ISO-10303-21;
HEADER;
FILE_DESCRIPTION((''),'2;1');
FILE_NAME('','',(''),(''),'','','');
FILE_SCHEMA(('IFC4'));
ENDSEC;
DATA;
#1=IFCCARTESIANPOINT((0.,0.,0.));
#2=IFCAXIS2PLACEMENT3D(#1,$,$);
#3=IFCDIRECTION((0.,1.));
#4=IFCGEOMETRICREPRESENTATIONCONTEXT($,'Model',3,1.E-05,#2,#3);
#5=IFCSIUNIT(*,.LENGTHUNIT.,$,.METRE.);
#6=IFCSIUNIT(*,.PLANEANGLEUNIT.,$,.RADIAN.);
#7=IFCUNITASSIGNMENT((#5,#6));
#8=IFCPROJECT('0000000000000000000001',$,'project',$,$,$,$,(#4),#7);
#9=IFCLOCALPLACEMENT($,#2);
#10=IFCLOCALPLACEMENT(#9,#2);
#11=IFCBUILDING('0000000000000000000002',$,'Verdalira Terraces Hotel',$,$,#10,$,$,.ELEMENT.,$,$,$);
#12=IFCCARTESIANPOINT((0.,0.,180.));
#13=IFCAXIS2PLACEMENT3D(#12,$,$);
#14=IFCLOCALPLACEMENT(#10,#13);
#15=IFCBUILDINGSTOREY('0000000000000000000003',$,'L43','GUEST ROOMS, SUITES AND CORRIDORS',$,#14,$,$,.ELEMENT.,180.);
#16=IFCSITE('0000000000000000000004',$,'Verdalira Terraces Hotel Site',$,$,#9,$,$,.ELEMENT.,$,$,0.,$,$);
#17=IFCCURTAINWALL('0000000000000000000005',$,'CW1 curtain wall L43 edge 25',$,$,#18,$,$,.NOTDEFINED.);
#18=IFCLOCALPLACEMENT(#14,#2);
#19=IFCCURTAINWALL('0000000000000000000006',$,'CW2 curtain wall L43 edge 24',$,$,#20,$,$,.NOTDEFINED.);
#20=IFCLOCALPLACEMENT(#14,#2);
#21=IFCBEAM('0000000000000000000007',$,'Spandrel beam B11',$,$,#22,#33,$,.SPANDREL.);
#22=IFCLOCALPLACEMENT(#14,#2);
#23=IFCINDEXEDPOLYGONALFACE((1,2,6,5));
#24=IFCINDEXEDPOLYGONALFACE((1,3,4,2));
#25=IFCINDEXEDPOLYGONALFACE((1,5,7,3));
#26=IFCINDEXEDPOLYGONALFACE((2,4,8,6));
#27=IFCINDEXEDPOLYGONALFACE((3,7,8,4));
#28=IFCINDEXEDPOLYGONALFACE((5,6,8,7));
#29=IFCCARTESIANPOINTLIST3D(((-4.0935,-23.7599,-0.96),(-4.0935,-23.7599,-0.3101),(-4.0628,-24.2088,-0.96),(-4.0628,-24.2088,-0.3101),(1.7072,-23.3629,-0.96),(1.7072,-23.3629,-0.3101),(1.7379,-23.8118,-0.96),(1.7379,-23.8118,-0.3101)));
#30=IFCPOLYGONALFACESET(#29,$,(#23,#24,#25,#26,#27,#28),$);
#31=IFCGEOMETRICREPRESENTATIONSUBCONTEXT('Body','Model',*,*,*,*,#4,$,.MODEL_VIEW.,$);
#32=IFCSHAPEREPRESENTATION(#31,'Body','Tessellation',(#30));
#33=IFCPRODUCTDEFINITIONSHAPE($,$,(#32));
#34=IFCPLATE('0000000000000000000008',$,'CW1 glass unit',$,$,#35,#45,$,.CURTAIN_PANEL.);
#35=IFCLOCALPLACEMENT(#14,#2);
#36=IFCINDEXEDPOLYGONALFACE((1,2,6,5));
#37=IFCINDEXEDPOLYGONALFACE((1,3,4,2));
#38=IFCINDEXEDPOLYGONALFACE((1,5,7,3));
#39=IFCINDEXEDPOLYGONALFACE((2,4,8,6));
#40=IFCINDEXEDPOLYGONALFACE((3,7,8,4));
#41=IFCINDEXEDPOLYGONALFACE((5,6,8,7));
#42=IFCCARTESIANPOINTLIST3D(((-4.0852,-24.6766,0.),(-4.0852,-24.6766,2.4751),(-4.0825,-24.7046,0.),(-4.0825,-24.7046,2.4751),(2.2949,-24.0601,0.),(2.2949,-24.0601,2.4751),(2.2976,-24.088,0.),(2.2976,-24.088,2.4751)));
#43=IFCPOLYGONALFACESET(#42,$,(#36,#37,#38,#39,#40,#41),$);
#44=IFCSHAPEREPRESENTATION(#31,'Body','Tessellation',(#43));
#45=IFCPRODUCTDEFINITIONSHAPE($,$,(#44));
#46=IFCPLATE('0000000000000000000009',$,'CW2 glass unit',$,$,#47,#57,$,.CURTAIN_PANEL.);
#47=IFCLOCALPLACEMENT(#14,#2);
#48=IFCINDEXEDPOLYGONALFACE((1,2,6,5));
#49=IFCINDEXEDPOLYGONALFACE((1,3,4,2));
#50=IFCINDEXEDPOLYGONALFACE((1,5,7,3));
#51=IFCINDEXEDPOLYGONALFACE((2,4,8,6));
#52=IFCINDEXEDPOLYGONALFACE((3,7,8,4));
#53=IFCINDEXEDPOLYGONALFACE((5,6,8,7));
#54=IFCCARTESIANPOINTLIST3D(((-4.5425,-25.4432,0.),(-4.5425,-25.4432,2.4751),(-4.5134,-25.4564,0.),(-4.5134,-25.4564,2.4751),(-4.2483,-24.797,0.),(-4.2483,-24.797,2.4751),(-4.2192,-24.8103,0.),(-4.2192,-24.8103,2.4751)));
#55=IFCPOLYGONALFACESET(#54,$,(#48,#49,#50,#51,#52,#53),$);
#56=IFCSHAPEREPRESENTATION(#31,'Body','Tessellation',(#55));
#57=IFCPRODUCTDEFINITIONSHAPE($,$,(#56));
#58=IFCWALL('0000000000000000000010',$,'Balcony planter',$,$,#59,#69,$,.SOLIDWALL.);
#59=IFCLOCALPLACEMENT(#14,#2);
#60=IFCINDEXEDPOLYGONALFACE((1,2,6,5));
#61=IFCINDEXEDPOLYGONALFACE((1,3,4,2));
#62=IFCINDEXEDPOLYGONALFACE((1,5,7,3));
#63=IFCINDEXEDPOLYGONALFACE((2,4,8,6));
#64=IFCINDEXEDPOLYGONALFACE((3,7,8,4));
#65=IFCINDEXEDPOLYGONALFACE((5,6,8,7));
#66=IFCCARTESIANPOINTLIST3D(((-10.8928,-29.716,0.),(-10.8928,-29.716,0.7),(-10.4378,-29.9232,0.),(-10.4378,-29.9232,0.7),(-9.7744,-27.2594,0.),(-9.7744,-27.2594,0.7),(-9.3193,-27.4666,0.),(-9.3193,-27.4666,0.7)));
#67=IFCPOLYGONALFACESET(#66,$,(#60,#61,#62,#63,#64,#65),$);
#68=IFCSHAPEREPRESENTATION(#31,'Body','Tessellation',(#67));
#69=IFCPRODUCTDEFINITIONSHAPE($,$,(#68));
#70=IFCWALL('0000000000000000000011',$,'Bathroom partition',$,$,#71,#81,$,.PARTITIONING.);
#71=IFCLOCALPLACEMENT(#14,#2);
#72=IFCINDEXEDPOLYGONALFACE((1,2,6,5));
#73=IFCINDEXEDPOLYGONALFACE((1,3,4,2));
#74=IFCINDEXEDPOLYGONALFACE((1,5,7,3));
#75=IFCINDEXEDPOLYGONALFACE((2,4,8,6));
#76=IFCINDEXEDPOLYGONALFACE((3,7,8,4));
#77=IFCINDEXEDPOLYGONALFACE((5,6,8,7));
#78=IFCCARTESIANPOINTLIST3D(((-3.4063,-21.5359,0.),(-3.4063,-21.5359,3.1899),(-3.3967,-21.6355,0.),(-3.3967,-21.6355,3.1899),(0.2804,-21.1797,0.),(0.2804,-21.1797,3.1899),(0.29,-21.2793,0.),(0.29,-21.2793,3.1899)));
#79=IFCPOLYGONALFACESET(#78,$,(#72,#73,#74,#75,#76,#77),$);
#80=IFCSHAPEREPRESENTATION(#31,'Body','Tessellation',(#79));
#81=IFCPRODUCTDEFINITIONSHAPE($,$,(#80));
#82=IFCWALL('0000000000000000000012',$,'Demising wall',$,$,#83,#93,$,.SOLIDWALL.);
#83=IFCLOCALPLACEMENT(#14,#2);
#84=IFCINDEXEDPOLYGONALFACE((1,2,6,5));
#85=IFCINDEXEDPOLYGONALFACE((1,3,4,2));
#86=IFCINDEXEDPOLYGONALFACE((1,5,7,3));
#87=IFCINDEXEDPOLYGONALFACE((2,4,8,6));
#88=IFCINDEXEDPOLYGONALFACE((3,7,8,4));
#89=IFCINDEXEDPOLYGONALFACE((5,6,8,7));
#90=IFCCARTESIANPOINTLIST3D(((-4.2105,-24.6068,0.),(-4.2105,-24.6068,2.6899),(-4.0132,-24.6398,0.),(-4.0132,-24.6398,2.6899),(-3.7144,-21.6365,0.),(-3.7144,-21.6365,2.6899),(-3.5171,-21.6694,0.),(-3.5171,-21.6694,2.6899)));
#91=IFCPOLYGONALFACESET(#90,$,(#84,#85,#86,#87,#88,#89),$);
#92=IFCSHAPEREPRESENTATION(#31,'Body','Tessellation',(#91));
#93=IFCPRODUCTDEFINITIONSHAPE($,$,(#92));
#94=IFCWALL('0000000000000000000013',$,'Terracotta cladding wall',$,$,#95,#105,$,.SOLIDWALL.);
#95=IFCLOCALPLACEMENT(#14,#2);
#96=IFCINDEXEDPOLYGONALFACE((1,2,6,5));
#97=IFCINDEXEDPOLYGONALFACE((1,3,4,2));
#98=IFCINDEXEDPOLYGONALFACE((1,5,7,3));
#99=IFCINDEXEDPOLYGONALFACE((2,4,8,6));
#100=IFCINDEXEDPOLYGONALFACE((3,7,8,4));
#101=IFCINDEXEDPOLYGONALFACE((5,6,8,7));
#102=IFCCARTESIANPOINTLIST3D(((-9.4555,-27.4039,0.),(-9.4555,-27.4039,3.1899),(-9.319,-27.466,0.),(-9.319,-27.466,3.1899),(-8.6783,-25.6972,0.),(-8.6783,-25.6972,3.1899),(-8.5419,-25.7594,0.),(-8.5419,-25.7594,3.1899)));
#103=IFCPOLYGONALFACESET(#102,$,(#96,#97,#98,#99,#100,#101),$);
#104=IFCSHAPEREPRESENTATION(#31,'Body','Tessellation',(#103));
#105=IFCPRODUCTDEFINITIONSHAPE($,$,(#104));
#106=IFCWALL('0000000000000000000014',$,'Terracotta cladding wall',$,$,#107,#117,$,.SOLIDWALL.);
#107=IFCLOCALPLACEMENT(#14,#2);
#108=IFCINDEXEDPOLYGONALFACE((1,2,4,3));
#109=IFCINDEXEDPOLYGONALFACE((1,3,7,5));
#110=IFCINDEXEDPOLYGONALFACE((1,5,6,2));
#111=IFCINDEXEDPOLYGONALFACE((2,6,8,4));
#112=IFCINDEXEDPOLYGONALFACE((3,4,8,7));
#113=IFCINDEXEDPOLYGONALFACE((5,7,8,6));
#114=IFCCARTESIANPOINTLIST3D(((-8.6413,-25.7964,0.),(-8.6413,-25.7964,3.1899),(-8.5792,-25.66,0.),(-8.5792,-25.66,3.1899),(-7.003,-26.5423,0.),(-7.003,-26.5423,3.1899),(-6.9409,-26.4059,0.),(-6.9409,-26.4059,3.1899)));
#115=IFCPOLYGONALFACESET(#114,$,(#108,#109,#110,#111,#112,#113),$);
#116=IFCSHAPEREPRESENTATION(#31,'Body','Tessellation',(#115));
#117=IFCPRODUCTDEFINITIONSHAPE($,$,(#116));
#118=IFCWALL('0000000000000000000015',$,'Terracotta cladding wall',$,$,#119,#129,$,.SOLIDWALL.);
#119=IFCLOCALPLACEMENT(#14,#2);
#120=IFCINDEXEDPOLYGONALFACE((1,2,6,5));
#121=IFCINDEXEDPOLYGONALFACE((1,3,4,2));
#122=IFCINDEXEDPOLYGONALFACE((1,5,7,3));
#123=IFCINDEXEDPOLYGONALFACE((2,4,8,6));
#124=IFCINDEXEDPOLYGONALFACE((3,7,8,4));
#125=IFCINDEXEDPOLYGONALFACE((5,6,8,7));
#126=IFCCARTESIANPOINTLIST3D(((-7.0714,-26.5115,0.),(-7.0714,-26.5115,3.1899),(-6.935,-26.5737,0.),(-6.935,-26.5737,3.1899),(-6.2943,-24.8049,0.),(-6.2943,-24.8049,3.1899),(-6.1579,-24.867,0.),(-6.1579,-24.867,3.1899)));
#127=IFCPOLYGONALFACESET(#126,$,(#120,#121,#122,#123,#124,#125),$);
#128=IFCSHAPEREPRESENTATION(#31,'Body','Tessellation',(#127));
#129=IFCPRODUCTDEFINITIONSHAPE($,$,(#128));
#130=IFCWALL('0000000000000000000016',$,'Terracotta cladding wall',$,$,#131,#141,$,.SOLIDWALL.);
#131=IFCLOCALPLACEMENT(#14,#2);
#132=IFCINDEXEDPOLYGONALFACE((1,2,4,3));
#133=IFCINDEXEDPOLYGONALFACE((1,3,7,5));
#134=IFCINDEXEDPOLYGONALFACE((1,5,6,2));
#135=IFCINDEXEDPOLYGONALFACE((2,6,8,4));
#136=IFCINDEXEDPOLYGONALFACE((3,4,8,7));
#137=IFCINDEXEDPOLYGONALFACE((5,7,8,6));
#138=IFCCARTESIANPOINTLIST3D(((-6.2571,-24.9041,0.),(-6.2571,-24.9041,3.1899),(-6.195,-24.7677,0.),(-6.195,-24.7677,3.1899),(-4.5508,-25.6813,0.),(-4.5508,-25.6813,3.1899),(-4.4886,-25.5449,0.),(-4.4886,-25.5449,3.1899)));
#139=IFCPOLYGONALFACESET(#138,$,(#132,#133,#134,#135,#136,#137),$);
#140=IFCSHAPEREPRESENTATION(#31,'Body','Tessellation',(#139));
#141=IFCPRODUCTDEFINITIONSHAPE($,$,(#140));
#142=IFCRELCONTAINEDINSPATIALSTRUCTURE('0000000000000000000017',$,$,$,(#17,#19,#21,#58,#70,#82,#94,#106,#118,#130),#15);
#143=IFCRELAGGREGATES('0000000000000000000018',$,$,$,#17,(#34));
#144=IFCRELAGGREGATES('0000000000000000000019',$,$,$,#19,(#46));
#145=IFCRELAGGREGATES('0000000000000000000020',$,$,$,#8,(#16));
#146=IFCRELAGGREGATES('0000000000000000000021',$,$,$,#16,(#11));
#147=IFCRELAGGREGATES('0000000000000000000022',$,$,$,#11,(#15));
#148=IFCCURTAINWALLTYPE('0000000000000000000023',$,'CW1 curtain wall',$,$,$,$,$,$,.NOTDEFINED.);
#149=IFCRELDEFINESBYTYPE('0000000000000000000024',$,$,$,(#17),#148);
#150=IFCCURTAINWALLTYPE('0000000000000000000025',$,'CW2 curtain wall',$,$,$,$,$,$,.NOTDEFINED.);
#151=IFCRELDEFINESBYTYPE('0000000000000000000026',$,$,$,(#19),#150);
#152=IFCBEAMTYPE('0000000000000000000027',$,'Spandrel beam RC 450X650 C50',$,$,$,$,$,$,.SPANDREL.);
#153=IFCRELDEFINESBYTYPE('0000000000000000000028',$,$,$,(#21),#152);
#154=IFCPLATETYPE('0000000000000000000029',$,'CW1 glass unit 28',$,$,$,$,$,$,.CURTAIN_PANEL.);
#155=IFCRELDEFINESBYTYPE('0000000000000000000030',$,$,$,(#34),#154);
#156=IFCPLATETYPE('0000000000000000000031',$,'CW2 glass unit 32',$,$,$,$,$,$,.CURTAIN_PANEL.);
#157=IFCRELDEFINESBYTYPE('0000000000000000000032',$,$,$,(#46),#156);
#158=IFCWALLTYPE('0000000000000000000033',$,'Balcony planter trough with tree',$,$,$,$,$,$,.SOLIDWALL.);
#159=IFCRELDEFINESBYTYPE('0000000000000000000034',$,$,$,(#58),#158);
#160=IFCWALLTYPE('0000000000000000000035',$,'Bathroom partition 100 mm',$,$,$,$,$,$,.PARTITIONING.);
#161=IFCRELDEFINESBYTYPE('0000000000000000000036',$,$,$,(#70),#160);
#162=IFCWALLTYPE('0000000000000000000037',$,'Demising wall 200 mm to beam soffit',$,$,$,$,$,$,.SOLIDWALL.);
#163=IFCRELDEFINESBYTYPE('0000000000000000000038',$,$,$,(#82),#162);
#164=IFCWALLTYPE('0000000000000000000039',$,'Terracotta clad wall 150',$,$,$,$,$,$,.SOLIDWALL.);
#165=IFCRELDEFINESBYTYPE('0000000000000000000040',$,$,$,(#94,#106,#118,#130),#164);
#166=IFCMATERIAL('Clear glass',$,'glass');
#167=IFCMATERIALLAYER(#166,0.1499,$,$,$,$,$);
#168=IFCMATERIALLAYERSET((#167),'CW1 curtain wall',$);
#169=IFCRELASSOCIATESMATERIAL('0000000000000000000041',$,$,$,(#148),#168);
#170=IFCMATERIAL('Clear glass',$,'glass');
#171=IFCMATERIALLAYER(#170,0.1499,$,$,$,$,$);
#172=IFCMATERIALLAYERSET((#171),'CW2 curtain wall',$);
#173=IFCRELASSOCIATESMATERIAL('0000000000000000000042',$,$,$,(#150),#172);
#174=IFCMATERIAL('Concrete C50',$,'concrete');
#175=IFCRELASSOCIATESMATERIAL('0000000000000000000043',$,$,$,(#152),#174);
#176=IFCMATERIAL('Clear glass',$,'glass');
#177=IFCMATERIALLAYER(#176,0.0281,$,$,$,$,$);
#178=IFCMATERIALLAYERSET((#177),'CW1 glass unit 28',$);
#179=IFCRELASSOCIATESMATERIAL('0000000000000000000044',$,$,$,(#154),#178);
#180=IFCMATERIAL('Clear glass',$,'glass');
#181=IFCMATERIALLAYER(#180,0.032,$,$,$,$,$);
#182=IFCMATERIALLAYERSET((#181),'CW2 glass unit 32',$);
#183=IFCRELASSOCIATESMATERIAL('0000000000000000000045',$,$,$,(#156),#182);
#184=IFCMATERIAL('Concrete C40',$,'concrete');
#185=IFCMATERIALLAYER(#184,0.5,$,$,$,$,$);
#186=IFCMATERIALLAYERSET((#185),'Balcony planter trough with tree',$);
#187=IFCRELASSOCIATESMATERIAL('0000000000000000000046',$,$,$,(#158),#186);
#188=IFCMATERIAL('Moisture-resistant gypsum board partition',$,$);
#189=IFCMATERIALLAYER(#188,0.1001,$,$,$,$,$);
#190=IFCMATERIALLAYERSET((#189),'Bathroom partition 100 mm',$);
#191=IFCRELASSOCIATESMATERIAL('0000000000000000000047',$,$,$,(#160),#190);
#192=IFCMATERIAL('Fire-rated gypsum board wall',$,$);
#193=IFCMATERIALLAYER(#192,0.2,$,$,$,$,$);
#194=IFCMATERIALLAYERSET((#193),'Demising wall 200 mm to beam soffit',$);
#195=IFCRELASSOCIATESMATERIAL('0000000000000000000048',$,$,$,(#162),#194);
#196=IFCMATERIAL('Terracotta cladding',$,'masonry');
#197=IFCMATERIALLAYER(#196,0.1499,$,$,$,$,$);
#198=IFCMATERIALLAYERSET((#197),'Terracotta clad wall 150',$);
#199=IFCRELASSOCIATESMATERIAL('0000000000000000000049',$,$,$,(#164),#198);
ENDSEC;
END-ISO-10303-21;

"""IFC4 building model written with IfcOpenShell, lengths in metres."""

from ifc_helpers import new_model, si_unit, direction, frame, frame_2d, origin, origin_2d, place, context, subcontext, project, spatial, rectangle, extrude, material, layer, layer_set, material_profile, profile_set, type_object, element, aggregate, save


model = new_model("IFC4")

# Units and contexts
model_context = context("Model", 3, precision=1e-05, world=origin(), true_north=direction((0.0, 1.0)))
body_context = subcontext(model_context, "Body", "Model", "MODEL_VIEW")
ifc_project = project(units=[si_unit("LENGTHUNIT", "METRE"), si_unit("PLANEANGLEUNIT", "RADIAN")], contexts=[model_context])

# Site, building, storey
site_placement = place(None, origin())
site = spatial("IfcSite", under=ifc_project, at=site_placement, Name="Verdalira Terraces Hotel Site", CompositionType="ELEMENT", RefElevation=0.0)
building_placement = place(site_placement, origin())
building = spatial("IfcBuilding", under=site, at=building_placement, Name="Verdalira Terraces Hotel", CompositionType="ELEMENT")
storey_placement = place(building_placement, frame((0.0, 0.0, 180.0)))
storey = spatial("IfcBuildingStorey", under=building, at=storey_placement, Name="L43", Description="GUEST ROOMS, SUITES AND CORRIDORS", CompositionType="ELEMENT", Elevation=180.0)

# Curtain walls
ifc_material_1 = material(Name="Clear glass", Category="glass")
ifc_layer_1 = layer(ifc_material_1, 0.1499)
ifc_layer_set_1 = layer_set([ifc_layer_1], Name="CW1 curtain wall")
curtain_wall_type_1 = type_object("IfcCurtainWallType", Name="CW1 curtain wall", PredefinedType="NOTDEFINED", material=ifc_layer_set_1)
curtain_wall_1_placement = place(storey_placement, origin())
curtain_wall_1 = element("IfcCurtainWall", 1, at=curtain_wall_1_placement, inside=storey, type_object=curtain_wall_type_1, Name="CW1 curtain wall L43 edge 25", PredefinedType="NOTDEFINED")
ifc_material_2 = material(Name="Clear glass", Category="glass")
ifc_layer_2 = layer(ifc_material_2, 0.1499)
ifc_layer_set_2 = layer_set([ifc_layer_2], Name="CW2 curtain wall")
curtain_wall_type_2 = type_object("IfcCurtainWallType", Name="CW2 curtain wall", PredefinedType="NOTDEFINED", material=ifc_layer_set_2)
curtain_wall_2_placement = place(storey_placement, origin())
curtain_wall_2 = element("IfcCurtainWall", 2, at=curtain_wall_2_placement, inside=storey, type_object=curtain_wall_type_2, Name="CW2 curtain wall L43 edge 24", PredefinedType="NOTDEFINED")

# Beam
ifc_material_3 = material(Name="Concrete C50", Category="concrete")
ifc_material_profile_1 = material_profile(ifc_material_3, rectangle(XDim=0.45, YDim=0.6499, at=origin_2d()), Name="RC 450X650")
ifc_profile_set_1 = profile_set([ifc_material_profile_1], Name="Concrete C50")
beam_type_1 = type_object("IfcBeamType", Name="Spandrel beam RC 450X650 C50", PredefinedType="SPANDREL", material=ifc_profile_set_1)
beam_1_placement = place(storey_placement, frame((-4.0781, -23.9844, -0.635), z_axis=(0.997666, 0.068278, 0.0), x_axis=(-0.068278, 0.997666, 0.0)))
element("IfcBeam", 3, at=beam_1_placement, inside=storey, type_object=beam_type_1, Name="Spandrel beam B11", PredefinedType="SPANDREL", context=body_context, shape_type="SweptSolid", body=[
    extrude(rectangle(XDim=0.45, YDim=0.6499, at=origin_2d()), origin(), (0.0, 0.0, 1.0), 5.8142),
])

# Plates
ifc_material_4 = material(Name="Clear glass", Category="glass")
ifc_layer_3 = layer(ifc_material_4, 0.0281)
ifc_layer_set_3 = layer_set([ifc_layer_3], Name="CW1 glass unit 28")
plate_type_1 = type_object("IfcPlateType", Name="CW1 glass unit 28", PredefinedType="CURTAIN_PANEL", material=ifc_layer_set_3)
plate_1_placement = place(storey_placement, frame((-0.8938, -24.3823, 0.0), z_axis=(0.0, 0.0, 1.0), x_axis=(0.995363, 0.096193, 0.0)))
plate_1 = element("IfcPlate", 4, at=plate_1_placement, type_object=plate_type_1, Name="CW1 glass unit", PredefinedType="CURTAIN_PANEL", context=body_context, shape_type="SweptSolid", body=[
    extrude(rectangle(XDim=6.4099, YDim=0.0281, at=origin_2d()), origin(), (0.0, 0.0, 1.0), 2.4751),
])
aggregate(curtain_wall_1, [plate_1])
ifc_material_5 = material(Name="Clear glass", Category="glass")
ifc_layer_4 = layer(ifc_material_5, 0.032)
ifc_layer_set_4 = layer_set([ifc_layer_4], Name="CW2 glass unit 32")
plate_type_2 = type_object("IfcPlateType", Name="CW2 glass unit 32", PredefinedType="CURTAIN_PANEL", material=ifc_layer_set_4)
plate_2_placement = place(storey_placement, frame((-4.3809, -25.1267, 0.0), z_axis=(0.0, 0.0, 1.0), x_axis=(0.414376, 0.910106, 0.0)))
plate_2 = element("IfcPlate", 5, at=plate_2_placement, type_object=plate_type_2, Name="CW2 glass unit", PredefinedType="CURTAIN_PANEL", context=body_context, shape_type="SweptSolid", body=[
    extrude(rectangle(XDim=0.71, YDim=0.032, at=origin_2d()), origin(), (0.0, 0.0, 1.0), 2.4751),
])
aggregate(curtain_wall_2, [plate_2])

# Walls
ifc_material_6 = material(Name="Concrete C40", Category="concrete")
ifc_layer_5 = layer(ifc_material_6, 0.5)
ifc_layer_set_5 = layer_set([ifc_layer_5], Name="Balcony planter trough with tree")
wall_type_1 = type_object("IfcWallType", Name="Balcony planter trough with tree", PredefinedType="SOLIDWALL", material=ifc_layer_set_5)
wall_1_placement = place(storey_placement, frame((-10.6653, -29.8196, 0.0), z_axis=(0.0, 0.0, 1.0), x_axis=(0.414355, 0.910115, 0.0)))
element("IfcWall", 6, at=wall_1_placement, inside=storey, type_object=wall_type_1, Name="Balcony planter", PredefinedType="SOLIDWALL", context=body_context, shape_type="SweptSolid", body=[
    extrude(rectangle(XDim=2.6992, YDim=0.5, at=frame_2d((1.3496, 0.0))), origin(), (0.0, 0.0, 1.0), 0.7),
])
ifc_material_7 = material(Name="Moisture-resistant gypsum board partition")
ifc_layer_6 = layer(ifc_material_7, 0.1001)
ifc_layer_set_6 = layer_set([ifc_layer_6], Name="Bathroom partition 100 mm")
wall_type_2 = type_object("IfcWallType", Name="Bathroom partition 100 mm", PredefinedType="PARTITIONING", material=ifc_layer_set_6)
wall_2_placement = place(storey_placement, frame((-3.4016, -21.5857, 0.0), z_axis=(0.0, 0.0, 1.0), x_axis=(0.995365, 0.096168, 0.0)))
element("IfcWall", 7, at=wall_2_placement, inside=storey, type_object=wall_type_2, Name="Bathroom partition", PredefinedType="PARTITIONING", context=body_context, shape_type="SweptSolid", body=[
    extrude(rectangle(XDim=3.7039, YDim=0.1001, at=frame_2d((1.8521, 0.0))), origin(), (0.0, 0.0, 1.0), 3.1899),
])
ifc_material_8 = material(Name="Fire-rated gypsum board wall")
ifc_layer_7 = layer(ifc_material_8, 0.2)
ifc_layer_set_7 = layer_set([ifc_layer_7], Name="Demising wall 200 mm to beam soffit")
wall_type_3 = type_object("IfcWallType", Name="Demising wall 200 mm to beam soffit", PredefinedType="SOLIDWALL", material=ifc_layer_set_7)
wall_3_placement = place(storey_placement, frame((-3.6157, -21.6528, 0.0), z_axis=(0.0, 0.0, 1.0), x_axis=(-0.164741, -0.986337, 0.0)))
element("IfcWall", 8, at=wall_3_placement, inside=storey, type_object=wall_type_3, Name="Demising wall", PredefinedType="SOLIDWALL", context=body_context, shape_type="SweptSolid", body=[
    extrude(rectangle(XDim=3.0115, YDim=0.2, at=frame_2d((1.5059, 0.0))), origin(), (0.0, 0.0, 1.0), 2.6899),
])
ifc_material_9 = material(Name="Terracotta cladding", Category="masonry")
ifc_layer_8 = layer(ifc_material_9, 0.1499)
ifc_layer_set_8 = layer_set([ifc_layer_8], Name="Terracotta clad wall 150")
wall_type_4 = type_object("IfcWallType", Name="Terracotta clad wall 150", PredefinedType="SOLIDWALL", material=ifc_layer_set_8)
wall_4_placement = place(storey_placement, frame((-9.3872, -27.4348, 0.0), z_axis=(0.0, 0.0, 1.0), x_axis=(0.414421, 0.910085, 0.0)))
element("IfcWall", 9, at=wall_4_placement, inside=storey, type_object=wall_type_4, Name="Terracotta cladding wall", PredefinedType="SOLIDWALL", context=body_context, shape_type="SweptSolid", body=[
    extrude(rectangle(XDim=1.8752, YDim=0.1499, at=frame_2d((0.9375, 0.0))), origin(), (0.0, 0.0, 1.0), 3.1899),
])
wall_5_placement = place(storey_placement, frame((-8.6101, -25.7283, 0.0), z_axis=(0.0, 0.0, 1.0), x_axis=(0.910111, -0.414365, 0.0)))
element("IfcWall", 10, at=wall_5_placement, inside=storey, type_object=wall_type_4, Name="Terracotta cladding wall", PredefinedType="SOLIDWALL", context=body_context, shape_type="SweptSolid", body=[
    extrude(rectangle(XDim=1.8, YDim=0.1499, at=frame_2d((0.8999, 0.0))), origin(), (0.0, 0.0, 1.0), 3.1899),
])
wall_6_placement = place(storey_placement, frame((-7.0032, -26.5425, 0.0), z_axis=(0.0, 0.0, 1.0), x_axis=(0.414421, 0.910085, 0.0)))
element("IfcWall", 11, at=wall_6_placement, inside=storey, type_object=wall_type_4, Name="Terracotta cladding wall", PredefinedType="SOLIDWALL", context=body_context, shape_type="SweptSolid", body=[
    extrude(rectangle(XDim=1.8752, YDim=0.1499, at=frame_2d((0.9375, 0.0))), origin(), (0.0, 0.0, 1.0), 3.1899),
])
wall_7_placement = place(storey_placement, frame((-6.2261, -24.8359, 0.0), z_axis=(0.0, 0.0, 1.0), x_axis=(0.910063, -0.41447, 0.0)))
element("IfcWall", 12, at=wall_7_placement, inside=storey, type_object=wall_type_4, Name="Terracotta cladding wall", PredefinedType="SOLIDWALL", context=body_context, shape_type="SweptSolid", body=[
    extrude(rectangle(XDim=1.875, YDim=0.1499, at=frame_2d((0.9375, 0.0))), origin(), (0.0, 0.0, 1.0), 3.1899),
])

save(model, "model.ifc")
